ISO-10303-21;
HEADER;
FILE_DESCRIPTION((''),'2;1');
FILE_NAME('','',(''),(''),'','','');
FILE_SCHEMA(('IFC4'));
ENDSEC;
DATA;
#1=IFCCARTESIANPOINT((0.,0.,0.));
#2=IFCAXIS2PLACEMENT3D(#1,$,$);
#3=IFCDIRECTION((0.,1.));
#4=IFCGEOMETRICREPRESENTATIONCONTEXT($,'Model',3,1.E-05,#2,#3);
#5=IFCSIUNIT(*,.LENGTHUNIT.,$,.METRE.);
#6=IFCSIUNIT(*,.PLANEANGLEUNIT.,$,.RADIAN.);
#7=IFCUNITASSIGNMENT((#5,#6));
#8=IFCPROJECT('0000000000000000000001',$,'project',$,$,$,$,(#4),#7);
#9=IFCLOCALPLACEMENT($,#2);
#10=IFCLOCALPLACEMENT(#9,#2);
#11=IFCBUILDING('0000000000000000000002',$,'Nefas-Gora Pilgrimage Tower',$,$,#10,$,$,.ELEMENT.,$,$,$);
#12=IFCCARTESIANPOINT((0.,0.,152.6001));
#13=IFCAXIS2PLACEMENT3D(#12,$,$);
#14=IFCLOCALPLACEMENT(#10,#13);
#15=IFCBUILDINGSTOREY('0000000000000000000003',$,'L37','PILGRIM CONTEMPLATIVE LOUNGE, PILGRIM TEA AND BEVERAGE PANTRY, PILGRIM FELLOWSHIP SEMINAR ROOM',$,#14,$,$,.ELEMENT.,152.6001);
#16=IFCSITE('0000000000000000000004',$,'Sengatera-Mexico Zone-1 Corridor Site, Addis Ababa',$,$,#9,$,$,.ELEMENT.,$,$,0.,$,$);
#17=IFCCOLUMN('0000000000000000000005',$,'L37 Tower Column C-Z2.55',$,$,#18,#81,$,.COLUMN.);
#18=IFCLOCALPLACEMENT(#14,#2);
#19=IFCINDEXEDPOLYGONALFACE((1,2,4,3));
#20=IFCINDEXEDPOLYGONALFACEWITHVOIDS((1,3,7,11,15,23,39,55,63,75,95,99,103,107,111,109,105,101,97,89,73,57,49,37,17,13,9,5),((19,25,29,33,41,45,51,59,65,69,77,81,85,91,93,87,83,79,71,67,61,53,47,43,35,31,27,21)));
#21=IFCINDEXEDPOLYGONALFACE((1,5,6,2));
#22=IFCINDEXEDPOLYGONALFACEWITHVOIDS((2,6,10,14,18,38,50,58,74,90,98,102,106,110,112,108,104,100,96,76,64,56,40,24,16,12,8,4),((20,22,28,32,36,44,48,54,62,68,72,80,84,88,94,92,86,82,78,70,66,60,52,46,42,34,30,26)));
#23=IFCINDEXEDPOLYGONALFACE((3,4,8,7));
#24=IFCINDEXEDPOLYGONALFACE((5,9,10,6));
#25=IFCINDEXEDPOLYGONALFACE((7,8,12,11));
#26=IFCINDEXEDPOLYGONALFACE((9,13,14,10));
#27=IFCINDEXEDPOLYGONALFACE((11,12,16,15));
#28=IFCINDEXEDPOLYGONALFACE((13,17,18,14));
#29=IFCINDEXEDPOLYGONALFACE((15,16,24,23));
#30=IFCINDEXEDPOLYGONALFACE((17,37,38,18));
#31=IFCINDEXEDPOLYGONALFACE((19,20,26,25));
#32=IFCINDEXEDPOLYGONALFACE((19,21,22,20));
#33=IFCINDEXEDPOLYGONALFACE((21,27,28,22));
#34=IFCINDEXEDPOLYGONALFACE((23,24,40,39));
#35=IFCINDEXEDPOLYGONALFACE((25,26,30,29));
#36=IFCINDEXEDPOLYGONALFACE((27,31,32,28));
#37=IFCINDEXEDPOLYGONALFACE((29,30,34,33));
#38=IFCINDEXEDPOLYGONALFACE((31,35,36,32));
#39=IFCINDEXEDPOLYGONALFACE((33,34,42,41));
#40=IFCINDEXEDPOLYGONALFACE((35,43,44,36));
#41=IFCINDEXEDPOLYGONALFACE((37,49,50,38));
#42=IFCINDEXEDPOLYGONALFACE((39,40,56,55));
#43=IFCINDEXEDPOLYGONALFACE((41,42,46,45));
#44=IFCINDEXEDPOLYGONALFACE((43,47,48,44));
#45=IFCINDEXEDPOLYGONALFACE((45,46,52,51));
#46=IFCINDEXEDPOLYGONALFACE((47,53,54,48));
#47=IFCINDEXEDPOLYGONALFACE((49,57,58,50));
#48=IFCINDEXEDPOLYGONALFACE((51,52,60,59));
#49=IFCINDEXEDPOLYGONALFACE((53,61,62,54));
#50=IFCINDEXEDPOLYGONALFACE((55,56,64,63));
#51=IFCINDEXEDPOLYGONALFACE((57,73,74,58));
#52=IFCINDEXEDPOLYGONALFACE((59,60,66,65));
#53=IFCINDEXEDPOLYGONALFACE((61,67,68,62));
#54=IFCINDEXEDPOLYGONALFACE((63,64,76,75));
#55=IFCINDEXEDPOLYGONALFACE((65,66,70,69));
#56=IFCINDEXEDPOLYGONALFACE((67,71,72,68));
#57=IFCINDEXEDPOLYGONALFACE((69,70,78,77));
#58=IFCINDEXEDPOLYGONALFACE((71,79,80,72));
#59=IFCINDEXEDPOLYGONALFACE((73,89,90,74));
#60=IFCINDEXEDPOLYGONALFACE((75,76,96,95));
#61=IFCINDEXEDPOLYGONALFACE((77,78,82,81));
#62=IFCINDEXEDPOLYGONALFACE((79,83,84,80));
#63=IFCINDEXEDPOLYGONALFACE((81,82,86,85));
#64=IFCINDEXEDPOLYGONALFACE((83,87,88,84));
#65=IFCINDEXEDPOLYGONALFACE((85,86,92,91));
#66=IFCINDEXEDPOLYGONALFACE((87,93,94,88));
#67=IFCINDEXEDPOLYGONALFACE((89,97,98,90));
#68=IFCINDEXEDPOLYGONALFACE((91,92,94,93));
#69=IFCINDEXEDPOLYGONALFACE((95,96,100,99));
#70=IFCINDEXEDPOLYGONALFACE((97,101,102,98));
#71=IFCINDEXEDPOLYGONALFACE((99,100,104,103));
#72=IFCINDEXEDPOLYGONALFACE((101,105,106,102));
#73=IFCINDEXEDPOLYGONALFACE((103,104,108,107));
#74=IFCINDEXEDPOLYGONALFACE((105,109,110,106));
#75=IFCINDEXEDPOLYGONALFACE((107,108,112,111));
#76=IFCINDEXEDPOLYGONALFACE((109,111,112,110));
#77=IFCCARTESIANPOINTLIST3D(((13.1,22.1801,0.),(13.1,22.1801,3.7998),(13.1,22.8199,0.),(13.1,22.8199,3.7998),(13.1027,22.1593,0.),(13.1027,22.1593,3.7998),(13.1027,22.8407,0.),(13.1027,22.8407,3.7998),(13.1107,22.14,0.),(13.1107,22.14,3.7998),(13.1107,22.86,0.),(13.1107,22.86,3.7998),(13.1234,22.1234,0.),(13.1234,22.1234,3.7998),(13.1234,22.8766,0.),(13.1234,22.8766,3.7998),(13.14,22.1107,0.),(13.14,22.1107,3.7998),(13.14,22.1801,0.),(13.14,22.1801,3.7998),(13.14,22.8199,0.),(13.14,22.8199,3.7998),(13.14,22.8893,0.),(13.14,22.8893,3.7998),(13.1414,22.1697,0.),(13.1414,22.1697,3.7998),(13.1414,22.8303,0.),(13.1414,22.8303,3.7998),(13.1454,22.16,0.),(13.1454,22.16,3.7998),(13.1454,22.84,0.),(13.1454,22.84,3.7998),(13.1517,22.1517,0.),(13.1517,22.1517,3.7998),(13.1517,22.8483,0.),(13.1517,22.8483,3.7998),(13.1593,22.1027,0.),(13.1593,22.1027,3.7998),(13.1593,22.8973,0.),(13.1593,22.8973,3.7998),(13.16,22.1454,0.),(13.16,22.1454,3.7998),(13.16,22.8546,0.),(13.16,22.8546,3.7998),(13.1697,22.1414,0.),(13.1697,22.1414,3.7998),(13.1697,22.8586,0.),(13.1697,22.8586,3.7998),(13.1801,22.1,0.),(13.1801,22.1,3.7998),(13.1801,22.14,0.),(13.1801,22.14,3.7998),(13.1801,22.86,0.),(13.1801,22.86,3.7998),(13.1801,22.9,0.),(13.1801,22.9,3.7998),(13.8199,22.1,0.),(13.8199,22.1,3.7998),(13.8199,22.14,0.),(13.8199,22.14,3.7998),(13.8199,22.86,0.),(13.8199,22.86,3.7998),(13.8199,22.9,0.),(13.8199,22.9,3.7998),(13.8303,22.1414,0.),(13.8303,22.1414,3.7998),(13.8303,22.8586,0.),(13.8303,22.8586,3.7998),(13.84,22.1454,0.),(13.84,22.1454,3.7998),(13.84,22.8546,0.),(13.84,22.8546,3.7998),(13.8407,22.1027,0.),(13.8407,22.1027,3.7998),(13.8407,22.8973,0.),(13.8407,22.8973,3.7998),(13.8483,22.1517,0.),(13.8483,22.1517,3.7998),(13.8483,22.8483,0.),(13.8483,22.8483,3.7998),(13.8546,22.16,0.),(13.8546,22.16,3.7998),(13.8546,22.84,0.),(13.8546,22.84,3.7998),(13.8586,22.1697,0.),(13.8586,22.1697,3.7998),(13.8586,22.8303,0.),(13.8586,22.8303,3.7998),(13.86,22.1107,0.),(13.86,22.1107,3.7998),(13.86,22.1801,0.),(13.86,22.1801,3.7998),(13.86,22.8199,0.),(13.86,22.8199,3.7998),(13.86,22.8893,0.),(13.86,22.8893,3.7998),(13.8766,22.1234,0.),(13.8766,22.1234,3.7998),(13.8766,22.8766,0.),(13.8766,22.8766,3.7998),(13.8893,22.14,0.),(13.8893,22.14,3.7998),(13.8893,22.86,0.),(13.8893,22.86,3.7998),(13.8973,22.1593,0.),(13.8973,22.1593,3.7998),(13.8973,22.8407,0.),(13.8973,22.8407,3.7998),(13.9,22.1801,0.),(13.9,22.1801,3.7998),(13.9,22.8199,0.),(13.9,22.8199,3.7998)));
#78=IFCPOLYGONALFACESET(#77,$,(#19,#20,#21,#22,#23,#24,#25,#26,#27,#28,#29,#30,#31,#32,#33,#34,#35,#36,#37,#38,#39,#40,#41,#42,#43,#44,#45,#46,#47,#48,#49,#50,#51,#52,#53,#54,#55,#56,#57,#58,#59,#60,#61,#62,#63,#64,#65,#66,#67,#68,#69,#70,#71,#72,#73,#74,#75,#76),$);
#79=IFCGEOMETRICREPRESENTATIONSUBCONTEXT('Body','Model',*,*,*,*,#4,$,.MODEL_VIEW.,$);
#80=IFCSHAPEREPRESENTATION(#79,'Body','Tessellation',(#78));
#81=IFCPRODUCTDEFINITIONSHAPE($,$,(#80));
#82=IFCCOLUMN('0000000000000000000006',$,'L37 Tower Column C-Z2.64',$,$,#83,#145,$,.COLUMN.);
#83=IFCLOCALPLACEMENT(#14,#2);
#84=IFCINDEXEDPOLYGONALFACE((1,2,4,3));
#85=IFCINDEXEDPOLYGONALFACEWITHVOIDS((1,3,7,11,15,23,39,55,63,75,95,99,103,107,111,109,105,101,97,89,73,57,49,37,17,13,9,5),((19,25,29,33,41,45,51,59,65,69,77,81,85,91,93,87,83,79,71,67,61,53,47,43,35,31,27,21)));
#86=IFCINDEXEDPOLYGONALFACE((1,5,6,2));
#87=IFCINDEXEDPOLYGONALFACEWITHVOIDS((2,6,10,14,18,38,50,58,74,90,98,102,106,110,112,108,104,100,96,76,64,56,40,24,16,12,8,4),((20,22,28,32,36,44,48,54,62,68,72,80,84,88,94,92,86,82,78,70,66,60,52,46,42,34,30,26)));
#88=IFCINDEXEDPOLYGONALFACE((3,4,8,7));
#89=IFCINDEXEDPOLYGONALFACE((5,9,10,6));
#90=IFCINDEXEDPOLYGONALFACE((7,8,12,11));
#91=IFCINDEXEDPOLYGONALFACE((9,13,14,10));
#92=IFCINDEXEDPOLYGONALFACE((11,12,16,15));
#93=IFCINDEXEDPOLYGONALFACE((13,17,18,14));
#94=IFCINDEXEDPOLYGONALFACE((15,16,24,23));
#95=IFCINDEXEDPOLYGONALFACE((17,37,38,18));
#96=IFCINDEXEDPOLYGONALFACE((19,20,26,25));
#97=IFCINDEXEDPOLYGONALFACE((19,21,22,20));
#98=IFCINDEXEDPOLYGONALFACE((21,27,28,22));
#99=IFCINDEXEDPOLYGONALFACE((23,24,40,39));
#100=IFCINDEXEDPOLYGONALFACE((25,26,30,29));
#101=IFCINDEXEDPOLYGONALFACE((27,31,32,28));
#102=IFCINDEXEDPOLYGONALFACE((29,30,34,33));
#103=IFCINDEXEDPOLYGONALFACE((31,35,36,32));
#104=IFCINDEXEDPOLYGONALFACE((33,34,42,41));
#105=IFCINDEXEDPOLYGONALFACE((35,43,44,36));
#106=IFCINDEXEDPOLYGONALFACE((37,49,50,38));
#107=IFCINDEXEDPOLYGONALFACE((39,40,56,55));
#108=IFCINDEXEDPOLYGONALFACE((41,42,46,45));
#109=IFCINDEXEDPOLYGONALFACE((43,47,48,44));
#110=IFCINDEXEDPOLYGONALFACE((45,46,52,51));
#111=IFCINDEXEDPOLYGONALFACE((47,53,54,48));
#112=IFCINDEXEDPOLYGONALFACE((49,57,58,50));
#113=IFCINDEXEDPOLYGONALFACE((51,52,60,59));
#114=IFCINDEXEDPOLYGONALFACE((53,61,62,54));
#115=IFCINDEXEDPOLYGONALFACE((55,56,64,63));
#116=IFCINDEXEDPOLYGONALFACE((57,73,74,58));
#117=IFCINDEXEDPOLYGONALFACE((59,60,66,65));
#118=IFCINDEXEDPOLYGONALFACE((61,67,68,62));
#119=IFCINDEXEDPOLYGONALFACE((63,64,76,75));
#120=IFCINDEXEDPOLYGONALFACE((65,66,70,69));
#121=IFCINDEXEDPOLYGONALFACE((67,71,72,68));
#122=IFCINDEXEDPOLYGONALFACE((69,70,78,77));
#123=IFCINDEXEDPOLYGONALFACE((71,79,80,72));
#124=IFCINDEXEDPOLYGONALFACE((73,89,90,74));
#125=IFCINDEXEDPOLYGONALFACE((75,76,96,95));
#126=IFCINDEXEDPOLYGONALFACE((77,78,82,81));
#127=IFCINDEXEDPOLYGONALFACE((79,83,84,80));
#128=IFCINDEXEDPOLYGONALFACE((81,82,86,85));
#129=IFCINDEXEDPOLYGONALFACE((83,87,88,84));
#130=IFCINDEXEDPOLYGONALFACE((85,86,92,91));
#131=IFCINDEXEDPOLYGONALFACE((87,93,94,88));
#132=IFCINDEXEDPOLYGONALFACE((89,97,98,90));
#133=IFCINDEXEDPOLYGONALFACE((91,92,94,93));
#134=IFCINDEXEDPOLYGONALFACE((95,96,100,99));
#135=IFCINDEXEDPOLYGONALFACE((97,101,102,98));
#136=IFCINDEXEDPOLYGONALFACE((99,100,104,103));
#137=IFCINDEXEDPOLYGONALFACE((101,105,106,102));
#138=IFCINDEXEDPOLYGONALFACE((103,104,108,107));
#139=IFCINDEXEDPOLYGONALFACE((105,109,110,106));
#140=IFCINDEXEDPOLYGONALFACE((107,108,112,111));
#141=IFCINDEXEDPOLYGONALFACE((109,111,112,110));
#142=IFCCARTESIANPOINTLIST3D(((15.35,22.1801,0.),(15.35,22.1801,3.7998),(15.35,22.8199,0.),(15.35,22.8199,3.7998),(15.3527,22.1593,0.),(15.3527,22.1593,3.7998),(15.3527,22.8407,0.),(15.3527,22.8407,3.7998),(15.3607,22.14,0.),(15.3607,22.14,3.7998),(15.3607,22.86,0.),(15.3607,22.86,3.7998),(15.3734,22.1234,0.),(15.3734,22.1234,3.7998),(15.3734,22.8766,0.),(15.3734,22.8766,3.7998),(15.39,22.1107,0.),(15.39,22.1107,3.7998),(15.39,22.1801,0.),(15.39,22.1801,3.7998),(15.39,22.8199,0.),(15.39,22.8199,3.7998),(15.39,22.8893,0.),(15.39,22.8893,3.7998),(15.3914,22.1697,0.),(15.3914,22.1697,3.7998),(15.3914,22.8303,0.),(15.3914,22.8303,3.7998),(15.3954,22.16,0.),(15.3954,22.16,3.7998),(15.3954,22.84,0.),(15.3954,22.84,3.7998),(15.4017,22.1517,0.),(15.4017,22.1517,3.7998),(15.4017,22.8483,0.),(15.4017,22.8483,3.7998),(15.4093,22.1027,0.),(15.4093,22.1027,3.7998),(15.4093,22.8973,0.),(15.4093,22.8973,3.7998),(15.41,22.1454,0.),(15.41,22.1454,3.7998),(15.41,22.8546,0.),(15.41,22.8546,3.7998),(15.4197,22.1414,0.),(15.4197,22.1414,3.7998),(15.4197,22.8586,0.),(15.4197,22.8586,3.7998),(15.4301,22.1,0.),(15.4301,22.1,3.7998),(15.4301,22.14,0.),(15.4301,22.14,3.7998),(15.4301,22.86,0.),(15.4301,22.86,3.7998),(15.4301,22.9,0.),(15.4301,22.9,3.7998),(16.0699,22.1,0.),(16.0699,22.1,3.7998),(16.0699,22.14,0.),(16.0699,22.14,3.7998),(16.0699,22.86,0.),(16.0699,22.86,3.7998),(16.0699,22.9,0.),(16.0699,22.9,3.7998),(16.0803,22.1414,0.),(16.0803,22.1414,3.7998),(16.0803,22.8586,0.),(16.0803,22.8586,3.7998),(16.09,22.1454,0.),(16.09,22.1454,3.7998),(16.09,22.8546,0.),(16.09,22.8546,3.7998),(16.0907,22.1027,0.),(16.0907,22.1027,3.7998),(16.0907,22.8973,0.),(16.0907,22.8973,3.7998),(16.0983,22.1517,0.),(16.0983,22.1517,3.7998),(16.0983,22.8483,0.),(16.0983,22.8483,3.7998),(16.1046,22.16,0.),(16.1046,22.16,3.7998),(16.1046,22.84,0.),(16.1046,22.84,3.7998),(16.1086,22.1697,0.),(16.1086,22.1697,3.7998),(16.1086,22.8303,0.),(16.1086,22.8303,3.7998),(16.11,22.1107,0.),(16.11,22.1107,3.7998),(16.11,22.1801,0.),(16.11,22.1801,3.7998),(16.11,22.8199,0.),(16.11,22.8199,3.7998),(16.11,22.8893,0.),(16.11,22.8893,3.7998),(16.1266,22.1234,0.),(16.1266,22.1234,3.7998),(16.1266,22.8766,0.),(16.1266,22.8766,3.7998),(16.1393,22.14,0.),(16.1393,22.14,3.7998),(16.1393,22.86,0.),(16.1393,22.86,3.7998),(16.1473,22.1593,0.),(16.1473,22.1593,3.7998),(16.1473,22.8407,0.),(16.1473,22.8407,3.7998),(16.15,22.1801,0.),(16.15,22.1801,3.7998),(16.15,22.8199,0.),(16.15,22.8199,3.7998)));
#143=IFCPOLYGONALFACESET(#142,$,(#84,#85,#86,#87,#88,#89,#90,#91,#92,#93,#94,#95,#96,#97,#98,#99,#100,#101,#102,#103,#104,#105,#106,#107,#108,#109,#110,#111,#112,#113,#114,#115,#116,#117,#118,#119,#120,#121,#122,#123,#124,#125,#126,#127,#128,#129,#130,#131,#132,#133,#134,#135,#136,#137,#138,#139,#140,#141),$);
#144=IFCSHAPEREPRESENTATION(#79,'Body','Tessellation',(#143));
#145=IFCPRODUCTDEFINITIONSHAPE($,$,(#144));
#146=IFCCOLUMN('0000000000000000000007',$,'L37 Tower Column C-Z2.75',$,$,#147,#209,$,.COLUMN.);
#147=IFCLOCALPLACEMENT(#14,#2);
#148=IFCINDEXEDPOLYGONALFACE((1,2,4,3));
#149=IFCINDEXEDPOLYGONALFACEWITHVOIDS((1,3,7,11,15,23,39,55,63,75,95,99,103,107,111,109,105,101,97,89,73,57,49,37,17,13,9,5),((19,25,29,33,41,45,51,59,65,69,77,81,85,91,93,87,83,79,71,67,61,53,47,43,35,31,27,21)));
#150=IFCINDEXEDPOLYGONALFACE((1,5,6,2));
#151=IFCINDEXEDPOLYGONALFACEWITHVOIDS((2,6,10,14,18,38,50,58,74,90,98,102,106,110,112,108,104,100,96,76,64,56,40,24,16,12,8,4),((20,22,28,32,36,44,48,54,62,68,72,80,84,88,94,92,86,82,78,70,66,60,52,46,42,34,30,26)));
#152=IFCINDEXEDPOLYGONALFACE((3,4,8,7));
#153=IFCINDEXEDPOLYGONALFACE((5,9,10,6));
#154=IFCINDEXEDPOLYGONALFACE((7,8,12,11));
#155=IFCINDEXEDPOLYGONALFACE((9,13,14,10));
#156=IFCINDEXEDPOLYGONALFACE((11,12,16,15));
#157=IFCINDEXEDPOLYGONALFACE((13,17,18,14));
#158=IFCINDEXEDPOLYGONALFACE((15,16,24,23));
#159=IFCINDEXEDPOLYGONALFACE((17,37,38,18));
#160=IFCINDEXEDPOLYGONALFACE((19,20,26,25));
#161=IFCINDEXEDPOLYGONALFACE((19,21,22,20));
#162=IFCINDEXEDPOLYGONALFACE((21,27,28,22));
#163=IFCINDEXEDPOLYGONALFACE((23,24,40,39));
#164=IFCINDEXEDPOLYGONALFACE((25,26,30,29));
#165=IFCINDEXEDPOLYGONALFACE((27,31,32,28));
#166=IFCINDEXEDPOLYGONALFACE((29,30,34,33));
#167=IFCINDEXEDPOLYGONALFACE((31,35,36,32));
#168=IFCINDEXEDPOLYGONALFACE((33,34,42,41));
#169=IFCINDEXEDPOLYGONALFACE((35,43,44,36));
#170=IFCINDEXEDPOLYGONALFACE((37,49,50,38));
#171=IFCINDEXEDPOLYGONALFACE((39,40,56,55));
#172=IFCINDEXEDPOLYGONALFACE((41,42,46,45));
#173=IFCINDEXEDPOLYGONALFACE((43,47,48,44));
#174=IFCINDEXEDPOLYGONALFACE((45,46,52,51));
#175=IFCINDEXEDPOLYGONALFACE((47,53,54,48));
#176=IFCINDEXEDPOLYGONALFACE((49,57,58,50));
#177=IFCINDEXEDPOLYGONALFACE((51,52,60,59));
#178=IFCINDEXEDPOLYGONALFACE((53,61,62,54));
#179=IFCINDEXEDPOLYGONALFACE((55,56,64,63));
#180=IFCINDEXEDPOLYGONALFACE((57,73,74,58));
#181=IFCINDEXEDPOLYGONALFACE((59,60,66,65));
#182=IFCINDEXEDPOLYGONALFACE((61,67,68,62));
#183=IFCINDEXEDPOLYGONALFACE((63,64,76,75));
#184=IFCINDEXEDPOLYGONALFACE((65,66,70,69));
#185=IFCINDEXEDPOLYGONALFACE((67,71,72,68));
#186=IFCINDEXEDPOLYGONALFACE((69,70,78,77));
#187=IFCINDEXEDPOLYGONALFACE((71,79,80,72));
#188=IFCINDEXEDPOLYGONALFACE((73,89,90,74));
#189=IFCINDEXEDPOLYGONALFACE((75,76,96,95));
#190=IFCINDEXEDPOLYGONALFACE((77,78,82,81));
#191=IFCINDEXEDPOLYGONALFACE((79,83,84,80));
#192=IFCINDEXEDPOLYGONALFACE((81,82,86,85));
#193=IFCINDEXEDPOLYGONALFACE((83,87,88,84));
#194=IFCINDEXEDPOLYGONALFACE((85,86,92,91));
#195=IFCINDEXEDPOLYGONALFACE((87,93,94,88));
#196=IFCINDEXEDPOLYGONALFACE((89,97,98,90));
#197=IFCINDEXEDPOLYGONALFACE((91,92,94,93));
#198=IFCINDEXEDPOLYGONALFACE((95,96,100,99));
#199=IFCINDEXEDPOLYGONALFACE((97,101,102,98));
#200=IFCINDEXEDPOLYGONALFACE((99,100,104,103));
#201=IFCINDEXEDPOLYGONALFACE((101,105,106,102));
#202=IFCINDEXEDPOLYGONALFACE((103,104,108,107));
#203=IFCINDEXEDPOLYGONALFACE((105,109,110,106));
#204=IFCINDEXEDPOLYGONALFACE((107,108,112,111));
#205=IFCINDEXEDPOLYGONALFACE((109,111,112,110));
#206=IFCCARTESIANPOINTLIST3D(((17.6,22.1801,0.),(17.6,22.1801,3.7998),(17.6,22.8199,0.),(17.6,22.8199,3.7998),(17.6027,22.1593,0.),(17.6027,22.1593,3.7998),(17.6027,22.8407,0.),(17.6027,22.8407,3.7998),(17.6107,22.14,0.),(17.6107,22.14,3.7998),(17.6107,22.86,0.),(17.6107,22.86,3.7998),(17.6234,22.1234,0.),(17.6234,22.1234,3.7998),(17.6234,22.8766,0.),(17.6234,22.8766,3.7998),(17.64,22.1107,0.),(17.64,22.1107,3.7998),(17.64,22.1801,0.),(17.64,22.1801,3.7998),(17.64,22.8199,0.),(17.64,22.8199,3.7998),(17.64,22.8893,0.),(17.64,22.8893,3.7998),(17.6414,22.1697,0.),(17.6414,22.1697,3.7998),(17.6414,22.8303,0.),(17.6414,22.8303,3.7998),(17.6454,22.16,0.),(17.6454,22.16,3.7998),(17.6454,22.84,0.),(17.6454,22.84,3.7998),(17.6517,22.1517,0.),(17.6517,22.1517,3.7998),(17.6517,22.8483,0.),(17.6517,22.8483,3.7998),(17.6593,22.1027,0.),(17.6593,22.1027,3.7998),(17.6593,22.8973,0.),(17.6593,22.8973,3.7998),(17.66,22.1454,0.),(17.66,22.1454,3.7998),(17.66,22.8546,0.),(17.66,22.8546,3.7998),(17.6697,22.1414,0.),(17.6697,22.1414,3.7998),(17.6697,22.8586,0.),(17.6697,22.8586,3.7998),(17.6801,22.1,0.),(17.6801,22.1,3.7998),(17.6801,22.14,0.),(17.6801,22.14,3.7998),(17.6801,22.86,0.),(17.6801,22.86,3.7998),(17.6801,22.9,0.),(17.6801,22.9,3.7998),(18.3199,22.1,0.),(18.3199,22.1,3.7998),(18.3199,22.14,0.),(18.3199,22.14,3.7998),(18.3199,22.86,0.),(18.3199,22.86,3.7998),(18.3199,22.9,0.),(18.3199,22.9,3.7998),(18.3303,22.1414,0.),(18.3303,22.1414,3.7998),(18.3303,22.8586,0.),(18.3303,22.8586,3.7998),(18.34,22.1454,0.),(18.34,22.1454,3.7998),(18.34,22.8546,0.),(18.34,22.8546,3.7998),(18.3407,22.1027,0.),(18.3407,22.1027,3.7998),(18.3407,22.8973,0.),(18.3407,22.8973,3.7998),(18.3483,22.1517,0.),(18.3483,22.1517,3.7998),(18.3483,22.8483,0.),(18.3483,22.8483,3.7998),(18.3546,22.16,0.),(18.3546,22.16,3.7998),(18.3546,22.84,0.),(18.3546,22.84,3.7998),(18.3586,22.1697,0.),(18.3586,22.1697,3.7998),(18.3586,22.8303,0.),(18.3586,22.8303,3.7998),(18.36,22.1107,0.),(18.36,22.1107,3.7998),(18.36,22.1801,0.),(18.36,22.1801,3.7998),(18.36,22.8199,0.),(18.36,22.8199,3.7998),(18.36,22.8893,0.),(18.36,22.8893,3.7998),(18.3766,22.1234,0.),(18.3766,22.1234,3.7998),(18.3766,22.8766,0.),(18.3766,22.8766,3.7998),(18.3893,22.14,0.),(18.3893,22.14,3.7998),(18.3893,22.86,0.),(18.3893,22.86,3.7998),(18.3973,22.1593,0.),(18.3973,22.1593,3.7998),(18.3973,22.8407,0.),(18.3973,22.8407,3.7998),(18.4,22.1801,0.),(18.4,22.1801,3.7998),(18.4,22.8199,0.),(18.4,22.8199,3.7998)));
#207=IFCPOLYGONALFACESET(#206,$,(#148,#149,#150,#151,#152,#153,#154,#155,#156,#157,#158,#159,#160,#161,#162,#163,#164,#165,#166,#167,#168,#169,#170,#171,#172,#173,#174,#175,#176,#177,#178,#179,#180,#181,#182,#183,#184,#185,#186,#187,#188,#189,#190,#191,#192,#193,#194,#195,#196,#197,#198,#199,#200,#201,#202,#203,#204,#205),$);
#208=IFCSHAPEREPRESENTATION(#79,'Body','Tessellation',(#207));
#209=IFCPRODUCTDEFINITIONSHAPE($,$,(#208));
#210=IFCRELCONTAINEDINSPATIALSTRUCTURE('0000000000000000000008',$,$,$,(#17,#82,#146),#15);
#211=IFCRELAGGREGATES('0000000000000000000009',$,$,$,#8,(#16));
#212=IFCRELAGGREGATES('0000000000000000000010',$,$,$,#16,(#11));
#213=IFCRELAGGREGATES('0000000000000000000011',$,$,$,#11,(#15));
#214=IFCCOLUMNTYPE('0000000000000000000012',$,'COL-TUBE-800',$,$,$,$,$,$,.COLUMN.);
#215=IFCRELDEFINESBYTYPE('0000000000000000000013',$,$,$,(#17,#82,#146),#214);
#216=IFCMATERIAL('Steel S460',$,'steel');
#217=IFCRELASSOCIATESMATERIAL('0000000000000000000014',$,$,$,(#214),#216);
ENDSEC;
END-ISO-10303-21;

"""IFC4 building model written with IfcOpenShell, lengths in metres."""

from ifc_helpers import new_model, si_unit, direction, frame, origin, origin_2d, place, context, subcontext, project, spatial, hollow_rectangle, extrude, source, transform, mapped, material, material_profile, profile_set, type_object, element, save


model = new_model("IFC4")

# Units and contexts
model_context = context("Model", 3, precision=1e-05, world=origin(), true_north=direction((0.0, 1.0)))
body_context = subcontext(model_context, "Body", "Model", "MODEL_VIEW")
ifc_project = project(units=[si_unit("LENGTHUNIT", "METRE"), si_unit("PLANEANGLEUNIT", "RADIAN")], contexts=[model_context])

# Site, building, storey
site_placement = place(None, origin())
site = spatial("IfcSite", under=ifc_project, at=site_placement, Name="Sengatera-Mexico Zone-1 Corridor Site, Addis Ababa", CompositionType="ELEMENT", RefElevation=0.0)
building_placement = place(site_placement, origin())
building = spatial("IfcBuilding", under=site, at=building_placement, Name="Nefas-Gora Pilgrimage Tower", CompositionType="ELEMENT")
storey_placement = place(building_placement, frame((0.0, 0.0, 152.6001)))
storey = spatial("IfcBuildingStorey", under=building, at=storey_placement, Name="L37", Description="PILGRIM CONTEMPLATIVE LOUNGE, PILGRIM TEA AND BEVERAGE PANTRY, PILGRIM FELLOWSHIP SEMINAR ROOM", CompositionType="ELEMENT", Elevation=152.6001)

# Columns
ifc_material_1 = material(Name="Steel S460", Category="steel")
ifc_material_profile_1 = material_profile(ifc_material_1, hollow_rectangle(XDim=0.8, YDim=0.8, WallThickness=0.04, InnerFilletRadius=0.04, OuterFilletRadius=0.0801, at=origin_2d()), Name="BOX 800x800x40")
ifc_profile_set_1 = profile_set([ifc_material_profile_1], Name="Steel S460")
column_type_1 = type_object("IfcColumnType", Name="COL-TUBE-800", PredefinedType="COLUMN", material=ifc_profile_set_1)
shared_shape_1 = source(origin(), body_context, "Body", "SweptSolid", [
    extrude(hollow_rectangle(XDim=0.8, YDim=0.8, WallThickness=0.04, InnerFilletRadius=0.04, OuterFilletRadius=0.0801, at=origin_2d()), origin(), (0.0, 0.0, 1.0), 3.7998),
])
for number, where, z_axis, x_axis, name in (
    (1, (13.5, 22.5, 0.0), (0.0, 0.0, 1.0), (1.0, 0.0, 0.0), "L37 Tower Column C-Z2.55"),
    (2, (15.75, 22.5, 0.0), (0.0, 0.0, 1.0), (1.0, 0.0, 0.0), "L37 Tower Column C-Z2.64"),
    (3, (18.0, 22.5, 0.0), (0.0, 0.0, 1.0), (1.0, 0.0, 0.0), "L37 Tower Column C-Z2.75"),
):
    element("IfcColumn", number, at=place(storey_placement, frame(where, z_axis=z_axis, x_axis=x_axis)), inside=storey, type_object=column_type_1, Name=name, PredefinedType="COLUMN", context=body_context, shape_type="MappedRepresentation", body=[
        mapped(shared_shape_1, transform((0.0, 0.0, 0.0), x_axis=(1.0, 0.0, 0.0), y_axis=(0.0, 1.0, 0.0), z_axis=(0.0, 0.0, 1.0), scale=1.0)),
    ])

save(model, "model.ifc")
